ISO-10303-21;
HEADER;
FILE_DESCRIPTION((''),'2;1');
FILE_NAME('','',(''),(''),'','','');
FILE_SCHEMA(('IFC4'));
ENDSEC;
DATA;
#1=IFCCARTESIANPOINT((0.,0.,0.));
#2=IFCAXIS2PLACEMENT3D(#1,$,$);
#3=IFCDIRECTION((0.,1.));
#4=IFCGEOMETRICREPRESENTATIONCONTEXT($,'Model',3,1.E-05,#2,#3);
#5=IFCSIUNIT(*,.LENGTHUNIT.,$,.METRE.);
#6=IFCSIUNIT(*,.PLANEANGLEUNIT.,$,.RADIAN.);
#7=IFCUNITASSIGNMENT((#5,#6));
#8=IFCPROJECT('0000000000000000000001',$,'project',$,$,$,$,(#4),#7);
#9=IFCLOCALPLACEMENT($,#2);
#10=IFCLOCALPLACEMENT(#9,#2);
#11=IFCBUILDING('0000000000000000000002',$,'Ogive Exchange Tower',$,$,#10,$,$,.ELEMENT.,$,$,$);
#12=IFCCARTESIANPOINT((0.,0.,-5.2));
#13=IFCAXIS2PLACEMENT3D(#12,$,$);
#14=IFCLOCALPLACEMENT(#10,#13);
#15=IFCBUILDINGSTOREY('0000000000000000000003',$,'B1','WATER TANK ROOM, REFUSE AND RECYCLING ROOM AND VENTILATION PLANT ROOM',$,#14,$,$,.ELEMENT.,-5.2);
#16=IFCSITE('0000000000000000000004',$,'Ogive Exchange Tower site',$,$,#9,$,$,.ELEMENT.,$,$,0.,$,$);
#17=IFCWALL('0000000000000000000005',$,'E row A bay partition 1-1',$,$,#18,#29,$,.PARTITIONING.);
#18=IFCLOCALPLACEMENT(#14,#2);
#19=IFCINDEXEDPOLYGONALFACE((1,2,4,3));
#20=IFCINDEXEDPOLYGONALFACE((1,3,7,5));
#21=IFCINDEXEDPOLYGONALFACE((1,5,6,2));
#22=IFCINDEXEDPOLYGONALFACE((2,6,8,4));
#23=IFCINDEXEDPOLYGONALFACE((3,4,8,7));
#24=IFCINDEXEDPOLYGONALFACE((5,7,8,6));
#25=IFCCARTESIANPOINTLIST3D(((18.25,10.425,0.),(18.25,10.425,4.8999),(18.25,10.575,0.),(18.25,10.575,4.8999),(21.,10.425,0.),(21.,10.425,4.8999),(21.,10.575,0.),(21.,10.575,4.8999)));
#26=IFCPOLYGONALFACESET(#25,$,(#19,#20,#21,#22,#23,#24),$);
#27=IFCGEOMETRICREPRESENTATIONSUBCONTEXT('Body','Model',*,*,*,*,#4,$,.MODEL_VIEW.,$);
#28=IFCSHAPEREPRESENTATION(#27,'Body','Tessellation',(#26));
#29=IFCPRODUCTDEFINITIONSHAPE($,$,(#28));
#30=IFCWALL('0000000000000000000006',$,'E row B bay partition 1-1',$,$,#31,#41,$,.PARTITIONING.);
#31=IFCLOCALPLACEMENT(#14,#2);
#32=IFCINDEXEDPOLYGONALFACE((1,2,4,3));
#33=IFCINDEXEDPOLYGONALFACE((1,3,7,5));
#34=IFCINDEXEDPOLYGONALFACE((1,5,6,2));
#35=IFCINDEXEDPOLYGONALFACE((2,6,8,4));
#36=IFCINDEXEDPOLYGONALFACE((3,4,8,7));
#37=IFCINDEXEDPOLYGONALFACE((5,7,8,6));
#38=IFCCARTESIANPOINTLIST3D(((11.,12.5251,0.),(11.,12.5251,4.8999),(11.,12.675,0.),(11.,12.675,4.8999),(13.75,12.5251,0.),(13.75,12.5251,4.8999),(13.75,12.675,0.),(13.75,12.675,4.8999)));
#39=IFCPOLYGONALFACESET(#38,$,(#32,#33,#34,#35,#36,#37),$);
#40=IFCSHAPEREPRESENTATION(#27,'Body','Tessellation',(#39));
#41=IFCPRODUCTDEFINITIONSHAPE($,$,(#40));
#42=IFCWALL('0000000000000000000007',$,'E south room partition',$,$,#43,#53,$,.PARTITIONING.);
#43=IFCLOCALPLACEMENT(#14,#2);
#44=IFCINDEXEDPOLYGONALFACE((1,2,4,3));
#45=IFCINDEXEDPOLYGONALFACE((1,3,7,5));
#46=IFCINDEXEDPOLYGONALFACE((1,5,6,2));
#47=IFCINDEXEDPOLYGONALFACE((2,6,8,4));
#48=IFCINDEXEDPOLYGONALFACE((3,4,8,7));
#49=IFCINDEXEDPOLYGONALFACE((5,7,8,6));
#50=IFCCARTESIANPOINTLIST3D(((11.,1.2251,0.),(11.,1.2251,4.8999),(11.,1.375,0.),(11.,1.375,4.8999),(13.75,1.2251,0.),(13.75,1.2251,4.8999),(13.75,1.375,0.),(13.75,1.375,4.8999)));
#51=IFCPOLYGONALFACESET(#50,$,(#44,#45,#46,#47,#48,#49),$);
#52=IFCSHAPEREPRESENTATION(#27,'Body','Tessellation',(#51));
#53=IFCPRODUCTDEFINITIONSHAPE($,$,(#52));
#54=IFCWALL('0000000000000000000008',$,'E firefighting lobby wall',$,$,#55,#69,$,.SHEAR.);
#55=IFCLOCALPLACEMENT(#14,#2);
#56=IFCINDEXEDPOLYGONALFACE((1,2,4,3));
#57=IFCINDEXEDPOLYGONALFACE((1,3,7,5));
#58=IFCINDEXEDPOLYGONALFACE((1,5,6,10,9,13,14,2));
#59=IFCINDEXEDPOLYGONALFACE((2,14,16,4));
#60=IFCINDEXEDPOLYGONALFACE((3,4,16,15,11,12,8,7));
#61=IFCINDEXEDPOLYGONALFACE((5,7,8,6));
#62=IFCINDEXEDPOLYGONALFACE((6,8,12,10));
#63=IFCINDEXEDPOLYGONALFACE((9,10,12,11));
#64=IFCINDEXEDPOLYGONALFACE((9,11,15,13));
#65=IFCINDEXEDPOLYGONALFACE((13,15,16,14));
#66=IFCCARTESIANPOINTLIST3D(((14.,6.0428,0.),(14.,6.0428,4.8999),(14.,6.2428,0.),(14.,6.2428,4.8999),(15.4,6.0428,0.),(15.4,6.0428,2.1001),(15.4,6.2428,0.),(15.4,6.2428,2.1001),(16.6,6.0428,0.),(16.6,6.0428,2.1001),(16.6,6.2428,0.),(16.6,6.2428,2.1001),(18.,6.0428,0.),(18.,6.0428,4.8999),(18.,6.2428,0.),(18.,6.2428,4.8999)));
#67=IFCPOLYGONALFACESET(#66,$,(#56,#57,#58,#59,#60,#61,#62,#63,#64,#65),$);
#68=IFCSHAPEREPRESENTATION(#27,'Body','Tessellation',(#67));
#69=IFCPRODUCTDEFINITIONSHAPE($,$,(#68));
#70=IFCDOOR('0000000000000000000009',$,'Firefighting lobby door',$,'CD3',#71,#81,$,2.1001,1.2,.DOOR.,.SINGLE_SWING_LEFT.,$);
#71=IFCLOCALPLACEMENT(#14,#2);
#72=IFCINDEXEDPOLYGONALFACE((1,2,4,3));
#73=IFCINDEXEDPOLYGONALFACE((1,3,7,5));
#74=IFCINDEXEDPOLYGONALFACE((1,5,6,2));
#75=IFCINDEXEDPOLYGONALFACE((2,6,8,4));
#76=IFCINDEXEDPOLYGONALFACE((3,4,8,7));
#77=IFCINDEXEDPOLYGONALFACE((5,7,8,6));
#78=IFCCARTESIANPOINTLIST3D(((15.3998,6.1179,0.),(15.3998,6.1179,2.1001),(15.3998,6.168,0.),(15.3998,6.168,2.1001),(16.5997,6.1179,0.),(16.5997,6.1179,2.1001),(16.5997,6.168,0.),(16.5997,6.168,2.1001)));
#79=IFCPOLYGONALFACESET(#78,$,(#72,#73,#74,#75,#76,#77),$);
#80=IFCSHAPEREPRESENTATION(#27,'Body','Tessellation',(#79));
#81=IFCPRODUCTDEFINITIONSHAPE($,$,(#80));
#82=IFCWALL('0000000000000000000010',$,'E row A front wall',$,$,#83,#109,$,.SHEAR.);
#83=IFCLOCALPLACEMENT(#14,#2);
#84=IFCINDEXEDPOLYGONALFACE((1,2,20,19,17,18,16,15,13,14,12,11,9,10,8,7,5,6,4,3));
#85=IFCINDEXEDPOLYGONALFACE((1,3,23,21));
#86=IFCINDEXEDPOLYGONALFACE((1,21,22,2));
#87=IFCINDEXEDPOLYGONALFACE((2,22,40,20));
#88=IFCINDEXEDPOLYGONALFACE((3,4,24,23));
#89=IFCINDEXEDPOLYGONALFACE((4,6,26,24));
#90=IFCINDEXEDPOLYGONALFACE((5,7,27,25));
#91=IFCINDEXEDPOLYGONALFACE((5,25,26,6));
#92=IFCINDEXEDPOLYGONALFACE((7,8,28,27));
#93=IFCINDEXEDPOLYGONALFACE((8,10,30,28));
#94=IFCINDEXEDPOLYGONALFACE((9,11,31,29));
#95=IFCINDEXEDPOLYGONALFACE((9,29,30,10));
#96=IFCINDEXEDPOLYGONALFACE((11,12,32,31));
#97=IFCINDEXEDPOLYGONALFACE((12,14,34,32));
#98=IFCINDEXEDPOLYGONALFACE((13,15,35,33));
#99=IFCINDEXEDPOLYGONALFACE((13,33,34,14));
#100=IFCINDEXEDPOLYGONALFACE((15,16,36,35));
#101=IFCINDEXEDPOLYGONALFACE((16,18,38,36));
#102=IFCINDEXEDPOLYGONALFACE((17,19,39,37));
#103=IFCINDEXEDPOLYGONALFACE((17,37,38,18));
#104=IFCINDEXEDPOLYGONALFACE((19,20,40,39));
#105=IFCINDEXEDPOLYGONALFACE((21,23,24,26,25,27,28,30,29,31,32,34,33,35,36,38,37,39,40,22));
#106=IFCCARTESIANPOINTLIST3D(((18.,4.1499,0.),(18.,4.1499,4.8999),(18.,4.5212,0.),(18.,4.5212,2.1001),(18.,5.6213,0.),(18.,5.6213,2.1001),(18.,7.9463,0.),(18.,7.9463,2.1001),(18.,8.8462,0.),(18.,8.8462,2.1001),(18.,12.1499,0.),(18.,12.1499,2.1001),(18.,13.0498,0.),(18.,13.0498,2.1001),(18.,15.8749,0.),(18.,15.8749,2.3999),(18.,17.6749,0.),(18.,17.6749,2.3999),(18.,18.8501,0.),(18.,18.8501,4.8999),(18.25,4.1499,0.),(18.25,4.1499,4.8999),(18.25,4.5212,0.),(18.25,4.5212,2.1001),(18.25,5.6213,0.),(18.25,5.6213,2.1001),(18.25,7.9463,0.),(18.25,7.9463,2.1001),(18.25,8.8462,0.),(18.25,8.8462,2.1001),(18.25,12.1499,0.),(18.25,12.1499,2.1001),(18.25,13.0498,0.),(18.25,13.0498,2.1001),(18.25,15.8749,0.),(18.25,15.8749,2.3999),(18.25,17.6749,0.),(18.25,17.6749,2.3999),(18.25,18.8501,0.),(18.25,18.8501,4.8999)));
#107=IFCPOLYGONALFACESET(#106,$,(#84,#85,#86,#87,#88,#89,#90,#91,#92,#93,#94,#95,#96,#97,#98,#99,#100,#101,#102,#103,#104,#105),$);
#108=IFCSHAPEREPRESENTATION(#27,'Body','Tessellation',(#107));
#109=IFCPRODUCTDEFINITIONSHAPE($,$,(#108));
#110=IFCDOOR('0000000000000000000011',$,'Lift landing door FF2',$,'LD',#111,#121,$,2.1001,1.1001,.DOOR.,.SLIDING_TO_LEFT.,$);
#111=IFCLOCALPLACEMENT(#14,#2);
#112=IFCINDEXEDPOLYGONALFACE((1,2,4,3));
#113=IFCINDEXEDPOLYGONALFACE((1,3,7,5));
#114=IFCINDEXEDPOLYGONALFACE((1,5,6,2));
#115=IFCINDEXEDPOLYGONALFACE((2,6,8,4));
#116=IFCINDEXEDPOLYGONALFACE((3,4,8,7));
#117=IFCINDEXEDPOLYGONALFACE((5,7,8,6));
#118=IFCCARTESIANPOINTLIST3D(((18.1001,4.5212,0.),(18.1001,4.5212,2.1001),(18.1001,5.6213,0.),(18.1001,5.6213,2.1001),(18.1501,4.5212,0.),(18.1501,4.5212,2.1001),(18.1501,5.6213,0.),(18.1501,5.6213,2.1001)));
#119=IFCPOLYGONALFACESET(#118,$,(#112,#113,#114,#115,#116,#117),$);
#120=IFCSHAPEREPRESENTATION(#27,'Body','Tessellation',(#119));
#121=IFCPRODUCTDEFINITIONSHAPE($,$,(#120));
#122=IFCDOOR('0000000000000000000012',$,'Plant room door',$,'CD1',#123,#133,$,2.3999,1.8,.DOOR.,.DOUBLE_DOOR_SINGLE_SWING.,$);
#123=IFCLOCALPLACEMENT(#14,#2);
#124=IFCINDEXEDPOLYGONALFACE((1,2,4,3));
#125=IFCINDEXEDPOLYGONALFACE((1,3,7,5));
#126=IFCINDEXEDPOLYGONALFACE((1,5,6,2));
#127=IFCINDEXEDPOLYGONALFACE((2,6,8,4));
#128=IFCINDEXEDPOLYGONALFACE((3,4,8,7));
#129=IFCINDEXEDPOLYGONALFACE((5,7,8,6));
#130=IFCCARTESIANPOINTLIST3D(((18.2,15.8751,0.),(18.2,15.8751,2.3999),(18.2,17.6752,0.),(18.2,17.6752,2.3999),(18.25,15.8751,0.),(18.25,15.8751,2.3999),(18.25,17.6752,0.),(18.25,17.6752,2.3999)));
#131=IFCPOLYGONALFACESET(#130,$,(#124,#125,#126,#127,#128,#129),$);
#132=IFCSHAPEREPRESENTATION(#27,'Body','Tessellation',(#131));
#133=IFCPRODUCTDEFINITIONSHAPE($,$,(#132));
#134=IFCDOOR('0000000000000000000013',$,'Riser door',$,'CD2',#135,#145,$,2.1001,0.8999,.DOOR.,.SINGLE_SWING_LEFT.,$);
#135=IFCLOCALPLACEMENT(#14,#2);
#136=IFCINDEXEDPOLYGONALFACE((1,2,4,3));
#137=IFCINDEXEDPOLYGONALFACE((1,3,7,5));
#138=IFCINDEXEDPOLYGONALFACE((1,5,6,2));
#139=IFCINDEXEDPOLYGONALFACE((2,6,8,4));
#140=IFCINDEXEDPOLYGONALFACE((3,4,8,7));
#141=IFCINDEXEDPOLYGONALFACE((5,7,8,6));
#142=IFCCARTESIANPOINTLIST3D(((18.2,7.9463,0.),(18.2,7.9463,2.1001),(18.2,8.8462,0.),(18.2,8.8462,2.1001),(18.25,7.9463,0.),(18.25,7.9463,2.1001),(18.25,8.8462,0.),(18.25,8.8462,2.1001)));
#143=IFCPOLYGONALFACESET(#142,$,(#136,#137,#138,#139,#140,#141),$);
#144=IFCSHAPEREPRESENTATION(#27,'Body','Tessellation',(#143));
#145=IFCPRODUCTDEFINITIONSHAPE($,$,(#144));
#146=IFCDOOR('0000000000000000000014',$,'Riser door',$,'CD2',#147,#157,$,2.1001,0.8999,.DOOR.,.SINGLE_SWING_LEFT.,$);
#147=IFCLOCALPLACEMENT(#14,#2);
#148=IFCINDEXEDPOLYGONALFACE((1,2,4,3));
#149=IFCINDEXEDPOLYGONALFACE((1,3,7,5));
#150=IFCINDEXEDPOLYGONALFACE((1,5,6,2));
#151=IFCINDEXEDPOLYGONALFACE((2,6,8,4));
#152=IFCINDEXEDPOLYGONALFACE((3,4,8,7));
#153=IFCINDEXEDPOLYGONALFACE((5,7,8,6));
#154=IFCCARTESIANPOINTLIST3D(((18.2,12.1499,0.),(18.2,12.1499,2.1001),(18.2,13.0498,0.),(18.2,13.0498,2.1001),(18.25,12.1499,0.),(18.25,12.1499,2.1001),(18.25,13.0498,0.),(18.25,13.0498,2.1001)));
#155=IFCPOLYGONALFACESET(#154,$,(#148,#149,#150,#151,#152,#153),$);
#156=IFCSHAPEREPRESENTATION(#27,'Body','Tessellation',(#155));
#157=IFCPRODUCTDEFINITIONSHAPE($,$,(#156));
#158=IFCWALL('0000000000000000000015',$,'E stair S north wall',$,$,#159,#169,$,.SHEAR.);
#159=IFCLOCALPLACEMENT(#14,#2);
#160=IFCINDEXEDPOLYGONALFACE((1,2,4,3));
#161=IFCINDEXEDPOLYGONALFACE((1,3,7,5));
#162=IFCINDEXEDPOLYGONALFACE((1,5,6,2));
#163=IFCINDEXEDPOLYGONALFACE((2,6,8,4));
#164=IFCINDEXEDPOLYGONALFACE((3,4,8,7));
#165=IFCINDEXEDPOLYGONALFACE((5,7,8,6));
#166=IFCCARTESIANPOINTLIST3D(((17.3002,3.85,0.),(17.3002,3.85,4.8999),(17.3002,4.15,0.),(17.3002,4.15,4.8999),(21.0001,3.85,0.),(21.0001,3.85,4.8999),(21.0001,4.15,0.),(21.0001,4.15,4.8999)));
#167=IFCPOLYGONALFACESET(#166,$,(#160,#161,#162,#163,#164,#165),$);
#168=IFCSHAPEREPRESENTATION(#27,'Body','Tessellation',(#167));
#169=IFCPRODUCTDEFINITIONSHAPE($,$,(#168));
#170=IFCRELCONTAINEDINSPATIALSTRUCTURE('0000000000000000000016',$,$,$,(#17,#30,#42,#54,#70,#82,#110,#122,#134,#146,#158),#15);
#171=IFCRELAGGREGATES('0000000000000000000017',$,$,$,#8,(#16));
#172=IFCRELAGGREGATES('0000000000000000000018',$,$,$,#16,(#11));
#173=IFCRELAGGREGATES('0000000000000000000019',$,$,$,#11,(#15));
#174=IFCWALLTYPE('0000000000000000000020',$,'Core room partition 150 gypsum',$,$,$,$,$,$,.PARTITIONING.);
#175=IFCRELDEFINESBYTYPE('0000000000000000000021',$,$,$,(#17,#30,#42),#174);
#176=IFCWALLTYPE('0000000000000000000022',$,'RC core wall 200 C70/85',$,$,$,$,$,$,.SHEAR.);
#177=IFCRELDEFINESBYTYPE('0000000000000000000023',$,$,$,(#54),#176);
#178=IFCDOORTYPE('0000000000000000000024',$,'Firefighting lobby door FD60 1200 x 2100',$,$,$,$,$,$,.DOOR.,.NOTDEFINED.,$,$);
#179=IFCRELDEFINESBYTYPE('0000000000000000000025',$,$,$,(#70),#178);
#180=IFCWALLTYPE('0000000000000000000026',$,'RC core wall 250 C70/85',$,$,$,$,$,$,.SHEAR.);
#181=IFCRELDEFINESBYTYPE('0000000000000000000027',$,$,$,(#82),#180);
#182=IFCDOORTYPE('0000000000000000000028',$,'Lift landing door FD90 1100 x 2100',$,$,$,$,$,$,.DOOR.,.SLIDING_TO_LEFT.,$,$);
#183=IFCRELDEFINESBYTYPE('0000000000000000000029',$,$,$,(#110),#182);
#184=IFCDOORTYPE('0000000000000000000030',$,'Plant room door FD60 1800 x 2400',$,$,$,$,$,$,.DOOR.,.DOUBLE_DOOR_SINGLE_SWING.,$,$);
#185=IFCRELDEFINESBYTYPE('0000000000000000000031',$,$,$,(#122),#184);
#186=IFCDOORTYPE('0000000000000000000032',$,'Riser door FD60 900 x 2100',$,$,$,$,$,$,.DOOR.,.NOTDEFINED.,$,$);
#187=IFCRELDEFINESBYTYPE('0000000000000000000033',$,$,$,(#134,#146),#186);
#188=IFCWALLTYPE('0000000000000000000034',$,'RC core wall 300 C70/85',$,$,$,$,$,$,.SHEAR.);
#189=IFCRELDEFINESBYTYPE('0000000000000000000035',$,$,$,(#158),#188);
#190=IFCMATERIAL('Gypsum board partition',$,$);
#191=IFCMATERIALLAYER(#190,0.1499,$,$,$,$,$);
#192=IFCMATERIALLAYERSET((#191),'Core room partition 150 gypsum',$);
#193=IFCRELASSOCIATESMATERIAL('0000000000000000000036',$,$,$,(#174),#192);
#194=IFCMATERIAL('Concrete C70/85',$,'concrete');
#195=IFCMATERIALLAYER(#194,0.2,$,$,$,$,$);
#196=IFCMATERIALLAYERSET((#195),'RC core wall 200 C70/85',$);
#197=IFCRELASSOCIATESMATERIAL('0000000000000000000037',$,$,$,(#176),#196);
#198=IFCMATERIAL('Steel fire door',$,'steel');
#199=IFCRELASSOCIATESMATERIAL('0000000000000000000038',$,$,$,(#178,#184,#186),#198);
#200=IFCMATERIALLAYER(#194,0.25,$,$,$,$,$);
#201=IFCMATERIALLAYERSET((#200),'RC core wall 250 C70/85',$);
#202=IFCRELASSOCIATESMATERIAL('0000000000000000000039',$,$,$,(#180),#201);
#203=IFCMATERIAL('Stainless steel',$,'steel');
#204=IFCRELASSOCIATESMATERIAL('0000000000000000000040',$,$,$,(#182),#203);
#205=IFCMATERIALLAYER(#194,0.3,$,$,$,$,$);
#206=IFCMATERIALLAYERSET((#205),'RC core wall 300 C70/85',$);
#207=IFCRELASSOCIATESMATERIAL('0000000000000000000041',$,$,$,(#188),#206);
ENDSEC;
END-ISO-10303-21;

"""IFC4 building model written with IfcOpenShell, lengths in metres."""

from ifc_helpers import new_model, si_unit, direction, frame, frame_2d, origin, place, context, subcontext, project, spatial, rectangle, extrude, material, layer, layer_set, type_object, element, fill, save


model = new_model("IFC4")

# Units and contexts
model_context = context("Model", 3, precision=1e-05, world=origin(), true_north=direction((0.0, 1.0)))
body_context = subcontext(model_context, "Body", "Model", "MODEL_VIEW")
ifc_project = project(units=[si_unit("LENGTHUNIT", "METRE"), si_unit("PLANEANGLEUNIT", "RADIAN")], contexts=[model_context])

# Site, building, storey
site_placement = place(None, origin())
site = spatial("IfcSite", under=ifc_project, at=site_placement, Name="Ogive Exchange Tower site", CompositionType="ELEMENT", RefElevation=0.0)
building_placement = place(site_placement, origin())
building = spatial("IfcBuilding", under=site, at=building_placement, Name="Ogive Exchange Tower", CompositionType="ELEMENT")
storey_placement = place(building_placement, frame((0.0, 0.0, -5.2)))
storey = spatial("IfcBuildingStorey", under=building, at=storey_placement, Name="B1", Description="WATER TANK ROOM, REFUSE AND RECYCLING ROOM AND VENTILATION PLANT ROOM", CompositionType="ELEMENT", Elevation=-5.2)

# Shared definitions
ifc_material_1 = material(Name="Concrete C70/85", Category="concrete")

# Walls
ifc_material_2 = material(Name="Gypsum board partition")
ifc_layer_1 = layer(ifc_material_2, 0.1499)
ifc_layer_set_1 = layer_set([ifc_layer_1], Name="Core room partition 150 gypsum")
wall_type_1 = type_object("IfcWallType", Name="Core room partition 150 gypsum", PredefinedType="PARTITIONING", material=ifc_layer_set_1)
for number, where, z_axis, x_axis, name in (
    (1, (18.25, 10.5, 0.0), (0.0, 0.0, 1.0), (1.0, 0.0, 0.0), "E row A bay partition 1-1"),
    (2, (11.0, 12.6001, 0.0), (0.0, 0.0, 1.0), (1.0, 0.0, 0.0), "E row B bay partition 1-1"),
    (3, (11.0, 1.3, 0.0), (0.0, 0.0, 1.0), (1.0, 0.0, 0.0), "E south room partition"),
):
    element("IfcWall", number, at=place(storey_placement, frame(where, z_axis=z_axis, x_axis=x_axis)), inside=storey, type_object=wall_type_1, Name=name, PredefinedType="PARTITIONING", context=body_context, shape_type="SweptSolid", body=[
        extrude(rectangle(XDim=2.75, YDim=0.1499, at=frame_2d((1.375, 0.0))), origin(), (0.0, 0.0, 1.0), 4.8999),
    ])

# Wall, opening, door
ifc_layer_2 = layer(ifc_material_1, 0.2)
ifc_layer_set_2 = layer_set([ifc_layer_2], Name="RC core wall 200 C70/85")
wall_type_2 = type_object("IfcWallType", Name="RC core wall 200 C70/85", PredefinedType="SHEAR", material=ifc_layer_set_2)
wall_1_placement = place(storey_placement, frame((14.0, 6.1428, 0.0), z_axis=(0.0, 0.0, 1.0), x_axis=(1.0, 0.0, 0.0)))
wall_1 = element("IfcWall", 4, at=wall_1_placement, inside=storey, type_object=wall_type_2, Name="E firefighting lobby wall", PredefinedType="SHEAR", context=body_context, shape_type="SweptSolid", body=[
    extrude(rectangle(XDim=4.0, YDim=0.2, at=frame_2d((2.0, 0.0))), origin(), (0.0, 0.0, 1.0), 4.8999),
])
opening_1_placement = place(wall_1_placement, frame((1.3999, 0.0, 0.0)))
opening_1 = element("IfcOpeningElement", 5, at=opening_1_placement, cuts=wall_1, PredefinedType="OPENING", context=body_context, shape_type="SweptSolid", body=[
    extrude(rectangle(XDim=1.2, YDim=2.1001, at=frame_2d((0.6001, 1.05))), frame((0.0, 0.1099, 0.0), z_axis=(0.0, -1.0, 0.0), x_axis=(1.0, 0.0, 0.0)), (0.0, 0.0, 1.0), 0.22),
])
ifc_material_3 = material(Name="Steel fire door", Category="steel")
door_type_1 = type_object("IfcDoorType", Name="Firefighting lobby door FD60 1200 x 2100", OperationType="NOTDEFINED", PredefinedType="DOOR", material=ifc_material_3)
door_1_placement = place(opening_1_placement, frame((1.2, 0.0, 0.0), z_axis=(0.0, 0.0, 1.0), x_axis=(-1.0, 0.0, 0.0)))
door_1 = element("IfcDoor", 6, at=door_1_placement, inside=storey, type_object=door_type_1, Name="Firefighting lobby door", ObjectType="CD3", OperationType="SINGLE_SWING_LEFT", OverallHeight=2.1001, OverallWidth=1.2, PredefinedType="DOOR", context=body_context, shape_type="SweptSolid", body=[
    extrude(rectangle(XDim=1.2, YDim=2.1001, at=frame_2d((0.6001, 1.05))), frame((0.0, 0.0249, 0.0), z_axis=(0.0, -1.0, 0.0), x_axis=(1.0, 0.0, 0.0)), (0.0, 0.0, 1.0), 0.05),
])
fill(opening_1, door_1)

# Wall, openings, doors
ifc_layer_3 = layer(ifc_material_1, 0.25)
ifc_layer_set_3 = layer_set([ifc_layer_3], Name="RC core wall 250 C70/85")
wall_type_3 = type_object("IfcWallType", Name="RC core wall 250 C70/85", PredefinedType="SHEAR", material=ifc_layer_set_3)
wall_2_placement = place(storey_placement, frame((18.125, 4.1499, 0.0), z_axis=(0.0, 0.0, 1.0), x_axis=(0.0, 1.0, 0.0)))
wall_2 = element("IfcWall", 7, at=wall_2_placement, inside=storey, type_object=wall_type_3, Name="E row A front wall", PredefinedType="SHEAR", context=body_context, shape_type="SweptSolid", body=[
    extrude(rectangle(XDim=14.7002, YDim=0.25, at=frame_2d((7.3501, 0.0))), origin(), (0.0, 0.0, 1.0), 4.8999),
])
opening_2_placement = place(wall_2_placement, frame((3.7964, 0.0, 0.0)))
opening_2 = element("IfcOpeningElement", 8, at=opening_2_placement, cuts=wall_2, PredefinedType="OPENING", context=body_context, shape_type="SweptSolid", body=[
    extrude(rectangle(XDim=0.8999, YDim=2.1001, at=frame_2d((0.45, 1.05))), frame((0.0, 0.135, 0.0), z_axis=(0.0, -1.0, 0.0), x_axis=(1.0, 0.0, 0.0)), (0.0, 0.0, 1.0), 0.27),
])
opening_3_placement = place(wall_2_placement, frame((8.0, 0.0, 0.0)))
opening_3 = element("IfcOpeningElement", 9, at=opening_3_placement, cuts=wall_2, PredefinedType="OPENING", context=body_context, shape_type="SweptSolid", body=[
    extrude(rectangle(XDim=0.8999, YDim=2.1001, at=frame_2d((0.45, 1.05))), frame((0.0, 0.135, 0.0), z_axis=(0.0, -1.0, 0.0), x_axis=(1.0, 0.0, 0.0)), (0.0, 0.0, 1.0), 0.27),
])
opening_4_placement = place(wall_2_placement, frame((11.7251, 0.0, 0.0)))
opening_4 = element("IfcOpeningElement", 10, at=opening_4_placement, cuts=wall_2, PredefinedType="OPENING", context=body_context, shape_type="SweptSolid", body=[
    extrude(rectangle(XDim=1.8, YDim=2.3999, at=frame_2d((0.8999, 1.2))), frame((0.0, 0.135, 0.0), z_axis=(0.0, -1.0, 0.0), x_axis=(1.0, 0.0, 0.0)), (0.0, 0.0, 1.0), 0.27),
])
opening_5_placement = place(wall_2_placement, frame((0.3713, 0.0, 0.0)))
opening_5 = element("IfcOpeningElement", 11, at=opening_5_placement, cuts=wall_2, PredefinedType="OPENING", context=body_context, shape_type="SweptSolid", body=[
    extrude(rectangle(XDim=1.1001, YDim=2.1001, at=frame_2d((0.55, 1.05))), frame((0.0, 0.135, 0.0), z_axis=(0.0, -1.0, 0.0), x_axis=(1.0, 0.0, 0.0)), (0.0, 0.0, 1.0), 0.27),
])
ifc_material_4 = material(Name="Stainless steel", Category="steel")
door_type_2 = type_object("IfcDoorType", Name="Lift landing door FD90 1100 x 2100", OperationType="SLIDING_TO_LEFT", PredefinedType="DOOR", material=ifc_material_4)
door_2_placement = place(opening_5_placement, origin())
door_2 = element("IfcDoor", 12, at=door_2_placement, inside=storey, type_object=door_type_2, Name="Lift landing door FF2", ObjectType="LD", OperationType="SLIDING_TO_LEFT", OverallHeight=2.1001, OverallWidth=1.1001, PredefinedType="DOOR", context=body_context, shape_type="SweptSolid", body=[
    extrude(rectangle(XDim=1.1001, YDim=2.1001, at=frame_2d((0.55, 1.05))), frame((0.0, 0.0249, 0.0), z_axis=(0.0, -1.0, 0.0), x_axis=(1.0, 0.0, 0.0)), (0.0, 0.0, 1.0), 0.05),
])
fill(opening_5, door_2)
door_type_3 = type_object("IfcDoorType", Name="Plant room door FD60 1800 x 2400", OperationType="DOUBLE_DOOR_SINGLE_SWING", PredefinedType="DOOR", material=ifc_material_3)
door_3_placement = place(opening_4_placement, frame((1.8, -0.2002, 0.0), z_axis=(0.0, 0.0, 1.0), x_axis=(-1.0, 0.0, 0.0)))
door_3 = element("IfcDoor", 13, at=door_3_placement, inside=storey, type_object=door_type_3, Name="Plant room door", ObjectType="CD1", OperationType="DOUBLE_DOOR_SINGLE_SWING", OverallHeight=2.3999, OverallWidth=1.8, PredefinedType="DOOR", context=body_context, shape_type="SweptSolid", body=[
    extrude(rectangle(XDim=1.8, YDim=2.3999, at=frame_2d((0.8999, 1.2))), frame((0.0, -0.0752, 0.0), z_axis=(0.0, -1.0, 0.0), x_axis=(1.0, 0.0, 0.0)), (0.0, 0.0, 1.0), 0.05),
])
fill(opening_4, door_3)
door_type_4 = type_object("IfcDoorType", Name="Riser door FD60 900 x 2100", OperationType="NOTDEFINED", PredefinedType="DOOR", material=ifc_material_3)
door_4_placement = place(opening_2_placement, frame((0.8999, -0.2002, 0.0), z_axis=(0.0, 0.0, 1.0), x_axis=(-1.0, 0.0, 0.0)))
door_4 = element("IfcDoor", 14, at=door_4_placement, inside=storey, type_object=door_type_4, Name="Riser door", ObjectType="CD2", OperationType="SINGLE_SWING_LEFT", OverallHeight=2.1001, OverallWidth=0.8999, PredefinedType="DOOR", context=body_context, shape_type="SweptSolid", body=[
    extrude(rectangle(XDim=0.8999, YDim=2.1001, at=frame_2d((0.45, 1.05))), frame((0.0, -0.0752, 0.0), z_axis=(0.0, -1.0, 0.0), x_axis=(1.0, 0.0, 0.0)), (0.0, 0.0, 1.0), 0.05),
])
fill(opening_2, door_4)
door_5_placement = place(opening_3_placement, frame((0.8999, -0.2002, 0.0), z_axis=(0.0, 0.0, 1.0), x_axis=(-1.0, 0.0, 0.0)))
door_5 = element("IfcDoor", 15, at=door_5_placement, inside=storey, type_object=door_type_4, Name="Riser door", ObjectType="CD2", OperationType="SINGLE_SWING_LEFT", OverallHeight=2.1001, OverallWidth=0.8999, PredefinedType="DOOR", context=body_context, shape_type="SweptSolid", body=[
    extrude(rectangle(XDim=0.8999, YDim=2.1001, at=frame_2d((0.45, 1.05))), frame((0.0, -0.0752, 0.0), z_axis=(0.0, -1.0, 0.0), x_axis=(1.0, 0.0, 0.0)), (0.0, 0.0, 1.0), 0.05),
])
fill(opening_3, door_5)

# Wall
ifc_layer_4 = layer(ifc_material_1, 0.3)
ifc_layer_set_4 = layer_set([ifc_layer_4], Name="RC core wall 300 C70/85")
wall_type_4 = type_object("IfcWallType", Name="RC core wall 300 C70/85", PredefinedType="SHEAR", material=ifc_layer_set_4)
wall_3_placement = place(storey_placement, frame((17.3, 4.0, 0.0), z_axis=(0.0, 0.0, 1.0), x_axis=(1.0, 0.0, 0.0)))
element("IfcWall", 16, at=wall_3_placement, inside=storey, type_object=wall_type_4, Name="E stair S north wall", PredefinedType="SHEAR", context=body_context, shape_type="SweptSolid", body=[
    extrude(rectangle(XDim=3.7, YDim=0.3, at=frame_2d((1.8501, 0.0))), origin(), (0.0, 0.0, 1.0), 4.8999),
])

save(model, "model.ifc")
